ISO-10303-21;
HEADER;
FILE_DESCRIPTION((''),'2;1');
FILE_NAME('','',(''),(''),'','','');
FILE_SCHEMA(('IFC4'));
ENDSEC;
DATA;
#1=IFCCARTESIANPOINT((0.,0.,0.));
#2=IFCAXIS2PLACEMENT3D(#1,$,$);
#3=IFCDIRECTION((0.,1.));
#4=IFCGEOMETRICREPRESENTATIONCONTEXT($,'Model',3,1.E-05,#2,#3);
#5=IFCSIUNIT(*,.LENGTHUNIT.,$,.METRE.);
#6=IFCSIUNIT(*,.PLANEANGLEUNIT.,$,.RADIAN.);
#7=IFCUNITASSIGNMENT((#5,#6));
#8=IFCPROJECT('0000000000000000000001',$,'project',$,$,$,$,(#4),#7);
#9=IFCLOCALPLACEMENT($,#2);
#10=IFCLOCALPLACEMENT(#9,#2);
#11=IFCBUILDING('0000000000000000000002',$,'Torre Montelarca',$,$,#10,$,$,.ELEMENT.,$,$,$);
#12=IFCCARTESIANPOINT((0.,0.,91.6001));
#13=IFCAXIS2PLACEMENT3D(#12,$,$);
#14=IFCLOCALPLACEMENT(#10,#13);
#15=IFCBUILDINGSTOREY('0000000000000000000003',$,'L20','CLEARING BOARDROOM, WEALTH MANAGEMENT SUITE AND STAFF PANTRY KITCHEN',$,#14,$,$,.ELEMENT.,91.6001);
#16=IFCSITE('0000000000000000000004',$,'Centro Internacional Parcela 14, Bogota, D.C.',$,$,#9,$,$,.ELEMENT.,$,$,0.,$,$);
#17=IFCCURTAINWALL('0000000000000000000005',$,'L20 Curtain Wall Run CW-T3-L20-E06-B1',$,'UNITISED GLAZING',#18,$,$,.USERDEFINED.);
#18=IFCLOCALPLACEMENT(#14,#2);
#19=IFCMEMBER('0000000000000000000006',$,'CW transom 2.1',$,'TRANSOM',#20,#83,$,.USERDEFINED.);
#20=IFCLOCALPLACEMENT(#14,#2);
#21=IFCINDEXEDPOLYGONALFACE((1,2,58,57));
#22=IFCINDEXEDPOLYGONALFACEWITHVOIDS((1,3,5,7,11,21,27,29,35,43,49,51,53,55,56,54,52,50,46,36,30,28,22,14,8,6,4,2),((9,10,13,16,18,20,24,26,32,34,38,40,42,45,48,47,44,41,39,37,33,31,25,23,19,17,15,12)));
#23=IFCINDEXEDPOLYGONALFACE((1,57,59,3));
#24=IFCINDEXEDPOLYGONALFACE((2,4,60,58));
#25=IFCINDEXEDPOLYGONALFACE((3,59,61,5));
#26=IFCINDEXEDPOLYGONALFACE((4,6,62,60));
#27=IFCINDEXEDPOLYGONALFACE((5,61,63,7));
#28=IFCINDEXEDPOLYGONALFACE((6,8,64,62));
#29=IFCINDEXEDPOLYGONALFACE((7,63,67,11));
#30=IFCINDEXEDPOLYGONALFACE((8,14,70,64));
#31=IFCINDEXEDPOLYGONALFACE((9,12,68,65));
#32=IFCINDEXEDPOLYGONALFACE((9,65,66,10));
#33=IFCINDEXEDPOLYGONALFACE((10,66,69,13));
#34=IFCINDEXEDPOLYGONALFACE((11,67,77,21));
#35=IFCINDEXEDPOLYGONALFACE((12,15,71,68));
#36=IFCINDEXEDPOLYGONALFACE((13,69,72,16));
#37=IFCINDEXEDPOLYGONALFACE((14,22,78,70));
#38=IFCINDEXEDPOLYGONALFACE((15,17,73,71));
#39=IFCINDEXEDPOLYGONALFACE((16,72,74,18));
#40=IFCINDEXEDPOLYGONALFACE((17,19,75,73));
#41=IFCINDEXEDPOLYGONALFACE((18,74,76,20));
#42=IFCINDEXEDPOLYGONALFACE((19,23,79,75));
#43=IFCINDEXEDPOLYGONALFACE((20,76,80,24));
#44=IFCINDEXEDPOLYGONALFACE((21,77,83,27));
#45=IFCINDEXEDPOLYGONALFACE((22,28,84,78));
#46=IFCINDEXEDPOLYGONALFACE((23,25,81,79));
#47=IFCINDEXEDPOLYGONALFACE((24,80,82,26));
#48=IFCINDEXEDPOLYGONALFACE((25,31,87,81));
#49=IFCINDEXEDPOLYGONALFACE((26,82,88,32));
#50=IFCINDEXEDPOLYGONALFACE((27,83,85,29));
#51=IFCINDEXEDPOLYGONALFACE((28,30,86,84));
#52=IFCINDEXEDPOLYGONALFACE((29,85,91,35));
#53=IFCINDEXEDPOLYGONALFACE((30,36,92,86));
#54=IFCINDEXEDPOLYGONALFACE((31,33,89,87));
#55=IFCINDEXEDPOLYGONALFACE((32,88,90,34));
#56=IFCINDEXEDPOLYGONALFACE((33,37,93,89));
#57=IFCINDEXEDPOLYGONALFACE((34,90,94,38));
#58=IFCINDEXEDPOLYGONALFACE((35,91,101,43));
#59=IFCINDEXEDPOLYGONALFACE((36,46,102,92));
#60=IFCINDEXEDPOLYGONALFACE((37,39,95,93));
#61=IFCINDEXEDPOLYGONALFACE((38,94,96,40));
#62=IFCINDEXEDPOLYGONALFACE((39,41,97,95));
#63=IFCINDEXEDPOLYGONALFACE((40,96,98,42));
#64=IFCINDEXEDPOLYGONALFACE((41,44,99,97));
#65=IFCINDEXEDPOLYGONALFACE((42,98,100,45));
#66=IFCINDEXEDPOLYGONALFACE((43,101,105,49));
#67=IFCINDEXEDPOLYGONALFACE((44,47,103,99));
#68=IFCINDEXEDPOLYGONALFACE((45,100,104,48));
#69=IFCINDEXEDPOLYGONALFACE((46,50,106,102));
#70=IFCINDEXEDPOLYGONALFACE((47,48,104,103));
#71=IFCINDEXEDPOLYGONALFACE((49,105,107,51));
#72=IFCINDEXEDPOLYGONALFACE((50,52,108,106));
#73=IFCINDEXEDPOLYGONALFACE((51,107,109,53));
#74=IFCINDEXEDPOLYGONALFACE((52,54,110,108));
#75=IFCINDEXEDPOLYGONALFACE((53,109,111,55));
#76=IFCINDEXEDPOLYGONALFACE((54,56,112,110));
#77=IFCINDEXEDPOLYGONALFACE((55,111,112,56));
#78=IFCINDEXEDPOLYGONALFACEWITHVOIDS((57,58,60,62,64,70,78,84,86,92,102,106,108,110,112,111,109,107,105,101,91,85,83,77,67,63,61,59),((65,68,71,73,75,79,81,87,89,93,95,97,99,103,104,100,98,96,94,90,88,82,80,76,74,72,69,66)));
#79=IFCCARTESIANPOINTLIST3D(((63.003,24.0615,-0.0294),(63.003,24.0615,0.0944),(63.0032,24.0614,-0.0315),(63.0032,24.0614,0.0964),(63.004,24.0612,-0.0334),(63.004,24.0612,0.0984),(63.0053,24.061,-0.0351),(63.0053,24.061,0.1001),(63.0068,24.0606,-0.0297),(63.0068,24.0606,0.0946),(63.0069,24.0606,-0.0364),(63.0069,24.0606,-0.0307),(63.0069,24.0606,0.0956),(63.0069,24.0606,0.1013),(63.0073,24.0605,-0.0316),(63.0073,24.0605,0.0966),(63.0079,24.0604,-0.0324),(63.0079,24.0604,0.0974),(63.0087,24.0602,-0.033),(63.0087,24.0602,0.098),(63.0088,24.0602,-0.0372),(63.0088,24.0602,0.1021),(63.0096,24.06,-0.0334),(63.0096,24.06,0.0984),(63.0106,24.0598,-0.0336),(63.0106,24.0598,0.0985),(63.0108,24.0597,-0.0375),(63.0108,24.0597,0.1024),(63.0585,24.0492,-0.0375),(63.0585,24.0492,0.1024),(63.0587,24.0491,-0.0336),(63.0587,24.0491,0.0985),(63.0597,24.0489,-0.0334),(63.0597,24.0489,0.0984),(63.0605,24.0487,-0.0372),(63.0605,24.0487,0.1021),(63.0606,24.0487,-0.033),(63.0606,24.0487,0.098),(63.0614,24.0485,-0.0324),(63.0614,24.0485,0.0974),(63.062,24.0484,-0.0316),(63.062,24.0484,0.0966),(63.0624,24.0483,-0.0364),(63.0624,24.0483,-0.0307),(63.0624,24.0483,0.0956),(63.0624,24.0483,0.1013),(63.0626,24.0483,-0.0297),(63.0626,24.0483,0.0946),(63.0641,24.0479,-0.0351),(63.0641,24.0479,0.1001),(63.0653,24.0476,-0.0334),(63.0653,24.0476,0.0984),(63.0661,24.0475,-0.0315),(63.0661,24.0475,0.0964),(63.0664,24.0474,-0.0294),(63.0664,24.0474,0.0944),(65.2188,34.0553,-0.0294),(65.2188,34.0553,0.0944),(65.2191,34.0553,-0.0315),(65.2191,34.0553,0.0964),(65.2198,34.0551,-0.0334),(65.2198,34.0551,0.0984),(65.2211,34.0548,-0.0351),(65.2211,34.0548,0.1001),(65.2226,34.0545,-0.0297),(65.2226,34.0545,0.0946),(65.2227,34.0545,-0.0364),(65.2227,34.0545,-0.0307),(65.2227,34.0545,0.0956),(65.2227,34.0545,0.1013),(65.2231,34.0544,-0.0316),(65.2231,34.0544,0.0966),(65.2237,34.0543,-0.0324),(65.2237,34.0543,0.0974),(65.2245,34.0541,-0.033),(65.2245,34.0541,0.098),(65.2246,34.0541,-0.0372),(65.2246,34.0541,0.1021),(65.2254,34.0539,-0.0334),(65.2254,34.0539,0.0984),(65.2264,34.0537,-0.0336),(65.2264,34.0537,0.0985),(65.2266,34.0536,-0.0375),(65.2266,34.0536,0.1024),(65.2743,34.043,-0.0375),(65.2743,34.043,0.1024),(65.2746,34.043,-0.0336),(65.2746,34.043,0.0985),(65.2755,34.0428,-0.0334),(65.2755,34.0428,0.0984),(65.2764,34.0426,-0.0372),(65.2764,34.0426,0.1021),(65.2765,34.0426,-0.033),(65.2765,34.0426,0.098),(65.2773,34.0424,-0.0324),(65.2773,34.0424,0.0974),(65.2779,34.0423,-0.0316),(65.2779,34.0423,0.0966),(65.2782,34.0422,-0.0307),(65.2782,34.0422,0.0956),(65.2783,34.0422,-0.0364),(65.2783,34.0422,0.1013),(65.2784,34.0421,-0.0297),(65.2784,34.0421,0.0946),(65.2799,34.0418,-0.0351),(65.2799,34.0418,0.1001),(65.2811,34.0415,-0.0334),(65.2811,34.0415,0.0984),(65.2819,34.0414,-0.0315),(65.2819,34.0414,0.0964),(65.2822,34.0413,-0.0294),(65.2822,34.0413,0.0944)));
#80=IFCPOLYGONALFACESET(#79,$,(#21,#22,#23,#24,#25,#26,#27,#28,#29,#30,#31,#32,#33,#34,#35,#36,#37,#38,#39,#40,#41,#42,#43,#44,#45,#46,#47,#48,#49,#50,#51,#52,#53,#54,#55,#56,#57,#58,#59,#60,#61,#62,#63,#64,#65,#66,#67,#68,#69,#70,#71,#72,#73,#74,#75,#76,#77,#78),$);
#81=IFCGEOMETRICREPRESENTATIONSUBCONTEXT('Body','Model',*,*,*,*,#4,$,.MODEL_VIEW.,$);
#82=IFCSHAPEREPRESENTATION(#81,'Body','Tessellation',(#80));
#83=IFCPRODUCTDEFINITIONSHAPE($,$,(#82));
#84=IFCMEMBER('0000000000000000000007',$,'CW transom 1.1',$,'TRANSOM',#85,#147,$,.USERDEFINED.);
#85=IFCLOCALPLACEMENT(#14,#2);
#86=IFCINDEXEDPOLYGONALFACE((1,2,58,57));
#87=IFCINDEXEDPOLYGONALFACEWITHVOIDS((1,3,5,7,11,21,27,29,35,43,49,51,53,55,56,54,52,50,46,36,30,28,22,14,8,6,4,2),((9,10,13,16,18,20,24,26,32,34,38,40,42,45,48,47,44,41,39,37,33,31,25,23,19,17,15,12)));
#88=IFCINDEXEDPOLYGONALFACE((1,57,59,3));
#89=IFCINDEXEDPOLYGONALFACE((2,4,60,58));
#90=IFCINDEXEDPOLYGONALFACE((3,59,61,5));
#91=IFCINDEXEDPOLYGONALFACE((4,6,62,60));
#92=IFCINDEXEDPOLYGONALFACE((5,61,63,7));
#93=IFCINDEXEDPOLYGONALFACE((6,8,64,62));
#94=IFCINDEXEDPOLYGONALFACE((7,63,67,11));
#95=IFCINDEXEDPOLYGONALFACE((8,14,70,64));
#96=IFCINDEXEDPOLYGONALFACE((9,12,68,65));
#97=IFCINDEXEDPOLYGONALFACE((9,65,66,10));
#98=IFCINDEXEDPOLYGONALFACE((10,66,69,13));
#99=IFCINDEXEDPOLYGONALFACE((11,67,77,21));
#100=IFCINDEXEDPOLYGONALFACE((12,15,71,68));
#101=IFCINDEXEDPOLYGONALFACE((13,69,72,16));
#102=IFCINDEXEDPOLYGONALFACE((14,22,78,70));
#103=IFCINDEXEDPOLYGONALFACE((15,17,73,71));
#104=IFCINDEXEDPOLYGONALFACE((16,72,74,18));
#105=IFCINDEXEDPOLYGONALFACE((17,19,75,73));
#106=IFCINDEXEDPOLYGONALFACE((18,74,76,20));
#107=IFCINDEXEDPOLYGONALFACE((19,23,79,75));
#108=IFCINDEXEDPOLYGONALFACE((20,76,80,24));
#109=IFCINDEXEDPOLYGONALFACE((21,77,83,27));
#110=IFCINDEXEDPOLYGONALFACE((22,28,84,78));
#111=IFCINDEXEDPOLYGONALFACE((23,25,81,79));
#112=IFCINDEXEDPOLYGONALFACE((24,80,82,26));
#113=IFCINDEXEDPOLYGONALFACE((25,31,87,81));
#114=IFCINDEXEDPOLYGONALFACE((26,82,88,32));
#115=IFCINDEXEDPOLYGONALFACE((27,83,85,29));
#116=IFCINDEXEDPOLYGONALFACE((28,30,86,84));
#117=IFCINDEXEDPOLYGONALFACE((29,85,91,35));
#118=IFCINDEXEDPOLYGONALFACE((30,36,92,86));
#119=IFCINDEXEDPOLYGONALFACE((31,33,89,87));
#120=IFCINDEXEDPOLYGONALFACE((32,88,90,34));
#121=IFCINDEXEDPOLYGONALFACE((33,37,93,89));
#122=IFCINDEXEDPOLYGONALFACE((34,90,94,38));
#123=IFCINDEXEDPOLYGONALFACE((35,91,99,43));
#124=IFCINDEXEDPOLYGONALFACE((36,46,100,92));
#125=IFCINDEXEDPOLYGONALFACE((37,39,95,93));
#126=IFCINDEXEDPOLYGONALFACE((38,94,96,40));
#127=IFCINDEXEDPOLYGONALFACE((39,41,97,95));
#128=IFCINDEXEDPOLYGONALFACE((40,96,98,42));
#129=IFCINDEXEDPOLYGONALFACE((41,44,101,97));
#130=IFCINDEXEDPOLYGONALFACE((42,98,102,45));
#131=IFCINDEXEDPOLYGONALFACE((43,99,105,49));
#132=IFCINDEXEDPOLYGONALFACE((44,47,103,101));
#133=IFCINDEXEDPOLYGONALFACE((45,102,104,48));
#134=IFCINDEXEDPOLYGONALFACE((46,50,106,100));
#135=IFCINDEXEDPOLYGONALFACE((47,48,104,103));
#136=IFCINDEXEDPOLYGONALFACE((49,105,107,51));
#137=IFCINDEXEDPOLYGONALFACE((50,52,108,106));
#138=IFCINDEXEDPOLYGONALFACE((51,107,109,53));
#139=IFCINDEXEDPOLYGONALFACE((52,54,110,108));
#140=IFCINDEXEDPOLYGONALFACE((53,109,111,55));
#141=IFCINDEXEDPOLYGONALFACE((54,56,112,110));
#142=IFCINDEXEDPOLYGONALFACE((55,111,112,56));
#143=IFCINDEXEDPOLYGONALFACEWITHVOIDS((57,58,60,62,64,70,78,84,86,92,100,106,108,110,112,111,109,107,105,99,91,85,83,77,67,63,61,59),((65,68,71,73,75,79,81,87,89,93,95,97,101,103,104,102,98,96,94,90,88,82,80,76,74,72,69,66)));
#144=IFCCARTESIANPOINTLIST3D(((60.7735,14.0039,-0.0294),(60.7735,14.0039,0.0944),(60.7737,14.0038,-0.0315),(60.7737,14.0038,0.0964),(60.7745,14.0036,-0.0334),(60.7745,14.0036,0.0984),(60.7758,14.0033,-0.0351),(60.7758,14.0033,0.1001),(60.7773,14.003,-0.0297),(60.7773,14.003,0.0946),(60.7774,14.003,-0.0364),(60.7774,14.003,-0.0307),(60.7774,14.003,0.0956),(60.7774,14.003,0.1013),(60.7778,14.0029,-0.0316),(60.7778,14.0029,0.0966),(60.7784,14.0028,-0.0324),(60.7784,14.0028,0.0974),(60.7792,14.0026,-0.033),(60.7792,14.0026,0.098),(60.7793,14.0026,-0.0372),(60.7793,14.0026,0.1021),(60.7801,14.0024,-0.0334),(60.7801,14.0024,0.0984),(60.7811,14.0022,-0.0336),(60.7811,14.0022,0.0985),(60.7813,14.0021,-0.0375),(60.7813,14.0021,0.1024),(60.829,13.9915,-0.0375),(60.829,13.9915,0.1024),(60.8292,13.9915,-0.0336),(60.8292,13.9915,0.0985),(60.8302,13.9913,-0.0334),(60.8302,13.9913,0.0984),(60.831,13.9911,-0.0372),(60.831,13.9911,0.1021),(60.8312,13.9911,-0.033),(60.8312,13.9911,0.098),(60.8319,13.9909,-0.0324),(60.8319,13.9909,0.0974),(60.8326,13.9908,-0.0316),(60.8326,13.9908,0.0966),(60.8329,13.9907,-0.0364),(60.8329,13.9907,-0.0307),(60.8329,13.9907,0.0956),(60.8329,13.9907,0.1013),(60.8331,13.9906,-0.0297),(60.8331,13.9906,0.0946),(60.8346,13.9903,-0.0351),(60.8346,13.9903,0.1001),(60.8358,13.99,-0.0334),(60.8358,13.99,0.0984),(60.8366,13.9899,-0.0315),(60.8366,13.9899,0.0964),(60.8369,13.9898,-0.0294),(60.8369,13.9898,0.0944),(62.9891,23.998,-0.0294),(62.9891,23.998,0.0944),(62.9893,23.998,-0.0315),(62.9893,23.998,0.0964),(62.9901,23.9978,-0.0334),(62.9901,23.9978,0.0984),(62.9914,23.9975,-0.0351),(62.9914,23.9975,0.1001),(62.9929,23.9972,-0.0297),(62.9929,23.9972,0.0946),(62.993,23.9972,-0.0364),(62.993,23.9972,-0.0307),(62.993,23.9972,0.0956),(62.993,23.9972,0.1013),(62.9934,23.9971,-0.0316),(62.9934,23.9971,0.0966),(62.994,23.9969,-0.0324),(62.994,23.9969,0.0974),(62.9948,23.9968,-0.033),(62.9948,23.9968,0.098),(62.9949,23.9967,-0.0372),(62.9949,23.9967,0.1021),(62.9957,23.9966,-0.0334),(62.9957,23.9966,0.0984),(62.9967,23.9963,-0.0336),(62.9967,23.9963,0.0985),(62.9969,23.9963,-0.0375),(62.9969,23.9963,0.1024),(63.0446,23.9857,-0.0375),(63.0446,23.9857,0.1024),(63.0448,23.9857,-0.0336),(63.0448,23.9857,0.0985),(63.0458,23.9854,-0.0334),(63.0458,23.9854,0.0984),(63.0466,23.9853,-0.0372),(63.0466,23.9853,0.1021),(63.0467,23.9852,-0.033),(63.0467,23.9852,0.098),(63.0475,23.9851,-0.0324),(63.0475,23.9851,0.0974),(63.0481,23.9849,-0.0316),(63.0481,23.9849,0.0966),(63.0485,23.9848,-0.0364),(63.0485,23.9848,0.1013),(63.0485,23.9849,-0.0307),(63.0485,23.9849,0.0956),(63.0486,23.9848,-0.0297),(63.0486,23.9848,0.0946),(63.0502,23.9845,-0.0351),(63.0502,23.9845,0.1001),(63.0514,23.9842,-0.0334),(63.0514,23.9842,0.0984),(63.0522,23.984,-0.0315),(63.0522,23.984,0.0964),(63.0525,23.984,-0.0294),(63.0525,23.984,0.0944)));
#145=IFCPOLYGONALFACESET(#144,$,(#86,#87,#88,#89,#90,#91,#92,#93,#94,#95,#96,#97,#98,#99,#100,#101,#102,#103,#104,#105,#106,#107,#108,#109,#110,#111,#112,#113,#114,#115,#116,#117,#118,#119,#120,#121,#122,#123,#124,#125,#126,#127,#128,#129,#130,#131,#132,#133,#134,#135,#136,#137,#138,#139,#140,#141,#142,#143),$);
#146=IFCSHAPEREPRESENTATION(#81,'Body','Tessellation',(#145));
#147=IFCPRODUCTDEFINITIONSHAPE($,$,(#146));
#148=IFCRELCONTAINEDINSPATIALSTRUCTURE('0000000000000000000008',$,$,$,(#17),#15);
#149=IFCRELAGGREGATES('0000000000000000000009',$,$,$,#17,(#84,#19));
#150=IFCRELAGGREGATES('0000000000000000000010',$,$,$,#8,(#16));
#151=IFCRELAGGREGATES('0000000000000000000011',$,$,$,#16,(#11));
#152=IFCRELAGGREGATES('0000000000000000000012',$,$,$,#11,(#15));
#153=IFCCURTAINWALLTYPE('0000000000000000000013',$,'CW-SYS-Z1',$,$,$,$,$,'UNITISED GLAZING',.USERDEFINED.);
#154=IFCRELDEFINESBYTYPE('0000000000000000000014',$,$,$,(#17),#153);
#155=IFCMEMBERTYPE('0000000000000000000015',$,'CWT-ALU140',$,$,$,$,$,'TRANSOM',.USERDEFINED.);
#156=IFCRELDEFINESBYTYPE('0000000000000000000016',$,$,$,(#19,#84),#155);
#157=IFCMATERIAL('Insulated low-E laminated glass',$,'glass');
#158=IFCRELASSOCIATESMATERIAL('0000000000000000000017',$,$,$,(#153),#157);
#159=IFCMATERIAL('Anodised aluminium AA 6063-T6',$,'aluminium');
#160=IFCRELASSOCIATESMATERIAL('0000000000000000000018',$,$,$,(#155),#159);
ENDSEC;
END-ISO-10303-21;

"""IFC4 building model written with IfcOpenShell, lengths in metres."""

from ifc_helpers import new_model, si_unit, direction, frame, origin, origin_2d, place, context, subcontext, project, spatial, hollow_rectangle, extrude, source, transform, mapped, material, material_profile, profile_set, type_object, element, aggregate, save


model = new_model("IFC4")

# Units and contexts
model_context = context("Model", 3, precision=1e-05, world=origin(), true_north=direction((0.0, 1.0)))
body_context = subcontext(model_context, "Body", "Model", "MODEL_VIEW")
ifc_project = project(units=[si_unit("LENGTHUNIT", "METRE"), si_unit("PLANEANGLEUNIT", "RADIAN")], contexts=[model_context])

# Site, building, storey
site_placement = place(None, origin())
site = spatial("IfcSite", under=ifc_project, at=site_placement, Name="Centro Internacional Parcela 14, Bogota, D.C.", CompositionType="ELEMENT", RefElevation=0.0)
building_placement = place(site_placement, origin())
building = spatial("IfcBuilding", under=site, at=building_placement, Name="Torre Montelarca", CompositionType="ELEMENT")
storey_placement = place(building_placement, frame((0.0, 0.0, 91.6001)))
storey = spatial("IfcBuildingStorey", under=building, at=storey_placement, Name="L20", Description="CLEARING BOARDROOM, WEALTH MANAGEMENT SUITE AND STAFF PANTRY KITCHEN", CompositionType="ELEMENT", Elevation=91.6001)

# Curtain wall, members
ifc_material_1 = material(Name="Insulated low-E laminated glass", Category="glass")
curtain_wall_type = type_object("IfcCurtainWallType", Name="CW-SYS-Z1", ElementType="UNITISED GLAZING", PredefinedType="USERDEFINED", material=ifc_material_1)
ifc_material_2 = material(Name="Anodised aluminium AA 6063-T6", Category="aluminium")
ifc_material_profile_1 = material_profile(ifc_material_2, hollow_rectangle(XDim=0.0649, YDim=0.1399, WallThickness=0.0039, InnerFilletRadius=0.0039, OuterFilletRadius=0.0081, at=origin_2d()), Name="ALU65X140X4", Category="aluminium")
ifc_profile_set_1 = profile_set([ifc_material_profile_1], Name="Anodised aluminium AA 6063-T6")
member_type_1 = type_object("IfcMemberType", Name="CWT-ALU140", ElementType="TRANSOM", PredefinedType="USERDEFINED", material=ifc_profile_set_1)
curtain_wall_1_placement = place(storey_placement, origin())
curtain_wall_1 = element("IfcCurtainWall", 1, at=curtain_wall_1_placement, inside=storey, type_object=curtain_wall_type, Name="L20 Curtain Wall Run CW-T3-L20-E06-B1", ObjectType="UNITISED GLAZING", PredefinedType="USERDEFINED")
shared_shape_1 = source(origin(), body_context, "Body", "SweptSolid", [
    extrude(hollow_rectangle(XDim=0.0649, YDim=0.1399, WallThickness=0.0039, InnerFilletRadius=0.0039, OuterFilletRadius=0.0081, at=origin_2d()), origin(), (0.0, 0.0, 1.0), 10.2366),
])
member_1_placement = place(storey_placement, frame((63.0347, 24.0544, 0.0325), z_axis=(0.216461, 0.976291, 0.0), x_axis=(-0.976291, 0.216461, 0.0)))
member_1 = element("IfcMember", 2, at=member_1_placement, type_object=member_type_1, Name="CW transom 2.1", ObjectType="TRANSOM", PredefinedType="USERDEFINED", context=body_context, shape_type="MappedRepresentation", body=[
    mapped(shared_shape_1, transform((0.0, 0.0, 0.0), scale=1.0)),
])
shared_shape_2 = source(origin(), body_context, "Body", "SweptSolid", [
    extrude(hollow_rectangle(XDim=0.0649, YDim=0.1399, WallThickness=0.0039, InnerFilletRadius=0.0039, OuterFilletRadius=0.0081, at=origin_2d()), origin(), (0.0, 0.0, 1.0), 10.2368),
])
member_2_placement = place(storey_placement, frame((60.8052, 13.9968, 0.0325), z_axis=(0.216433, 0.976297, 0.0), x_axis=(-0.976297, 0.216433, 0.0)))
member_2 = element("IfcMember", 3, at=member_2_placement, type_object=member_type_1, Name="CW transom 1.1", ObjectType="TRANSOM", PredefinedType="USERDEFINED", context=body_context, shape_type="MappedRepresentation", body=[
    mapped(shared_shape_2, transform((0.0, 0.0, 0.0), scale=1.0)),
])

aggregate(curtain_wall_1, [member_2, member_1])

save(model, "model.ifc")
